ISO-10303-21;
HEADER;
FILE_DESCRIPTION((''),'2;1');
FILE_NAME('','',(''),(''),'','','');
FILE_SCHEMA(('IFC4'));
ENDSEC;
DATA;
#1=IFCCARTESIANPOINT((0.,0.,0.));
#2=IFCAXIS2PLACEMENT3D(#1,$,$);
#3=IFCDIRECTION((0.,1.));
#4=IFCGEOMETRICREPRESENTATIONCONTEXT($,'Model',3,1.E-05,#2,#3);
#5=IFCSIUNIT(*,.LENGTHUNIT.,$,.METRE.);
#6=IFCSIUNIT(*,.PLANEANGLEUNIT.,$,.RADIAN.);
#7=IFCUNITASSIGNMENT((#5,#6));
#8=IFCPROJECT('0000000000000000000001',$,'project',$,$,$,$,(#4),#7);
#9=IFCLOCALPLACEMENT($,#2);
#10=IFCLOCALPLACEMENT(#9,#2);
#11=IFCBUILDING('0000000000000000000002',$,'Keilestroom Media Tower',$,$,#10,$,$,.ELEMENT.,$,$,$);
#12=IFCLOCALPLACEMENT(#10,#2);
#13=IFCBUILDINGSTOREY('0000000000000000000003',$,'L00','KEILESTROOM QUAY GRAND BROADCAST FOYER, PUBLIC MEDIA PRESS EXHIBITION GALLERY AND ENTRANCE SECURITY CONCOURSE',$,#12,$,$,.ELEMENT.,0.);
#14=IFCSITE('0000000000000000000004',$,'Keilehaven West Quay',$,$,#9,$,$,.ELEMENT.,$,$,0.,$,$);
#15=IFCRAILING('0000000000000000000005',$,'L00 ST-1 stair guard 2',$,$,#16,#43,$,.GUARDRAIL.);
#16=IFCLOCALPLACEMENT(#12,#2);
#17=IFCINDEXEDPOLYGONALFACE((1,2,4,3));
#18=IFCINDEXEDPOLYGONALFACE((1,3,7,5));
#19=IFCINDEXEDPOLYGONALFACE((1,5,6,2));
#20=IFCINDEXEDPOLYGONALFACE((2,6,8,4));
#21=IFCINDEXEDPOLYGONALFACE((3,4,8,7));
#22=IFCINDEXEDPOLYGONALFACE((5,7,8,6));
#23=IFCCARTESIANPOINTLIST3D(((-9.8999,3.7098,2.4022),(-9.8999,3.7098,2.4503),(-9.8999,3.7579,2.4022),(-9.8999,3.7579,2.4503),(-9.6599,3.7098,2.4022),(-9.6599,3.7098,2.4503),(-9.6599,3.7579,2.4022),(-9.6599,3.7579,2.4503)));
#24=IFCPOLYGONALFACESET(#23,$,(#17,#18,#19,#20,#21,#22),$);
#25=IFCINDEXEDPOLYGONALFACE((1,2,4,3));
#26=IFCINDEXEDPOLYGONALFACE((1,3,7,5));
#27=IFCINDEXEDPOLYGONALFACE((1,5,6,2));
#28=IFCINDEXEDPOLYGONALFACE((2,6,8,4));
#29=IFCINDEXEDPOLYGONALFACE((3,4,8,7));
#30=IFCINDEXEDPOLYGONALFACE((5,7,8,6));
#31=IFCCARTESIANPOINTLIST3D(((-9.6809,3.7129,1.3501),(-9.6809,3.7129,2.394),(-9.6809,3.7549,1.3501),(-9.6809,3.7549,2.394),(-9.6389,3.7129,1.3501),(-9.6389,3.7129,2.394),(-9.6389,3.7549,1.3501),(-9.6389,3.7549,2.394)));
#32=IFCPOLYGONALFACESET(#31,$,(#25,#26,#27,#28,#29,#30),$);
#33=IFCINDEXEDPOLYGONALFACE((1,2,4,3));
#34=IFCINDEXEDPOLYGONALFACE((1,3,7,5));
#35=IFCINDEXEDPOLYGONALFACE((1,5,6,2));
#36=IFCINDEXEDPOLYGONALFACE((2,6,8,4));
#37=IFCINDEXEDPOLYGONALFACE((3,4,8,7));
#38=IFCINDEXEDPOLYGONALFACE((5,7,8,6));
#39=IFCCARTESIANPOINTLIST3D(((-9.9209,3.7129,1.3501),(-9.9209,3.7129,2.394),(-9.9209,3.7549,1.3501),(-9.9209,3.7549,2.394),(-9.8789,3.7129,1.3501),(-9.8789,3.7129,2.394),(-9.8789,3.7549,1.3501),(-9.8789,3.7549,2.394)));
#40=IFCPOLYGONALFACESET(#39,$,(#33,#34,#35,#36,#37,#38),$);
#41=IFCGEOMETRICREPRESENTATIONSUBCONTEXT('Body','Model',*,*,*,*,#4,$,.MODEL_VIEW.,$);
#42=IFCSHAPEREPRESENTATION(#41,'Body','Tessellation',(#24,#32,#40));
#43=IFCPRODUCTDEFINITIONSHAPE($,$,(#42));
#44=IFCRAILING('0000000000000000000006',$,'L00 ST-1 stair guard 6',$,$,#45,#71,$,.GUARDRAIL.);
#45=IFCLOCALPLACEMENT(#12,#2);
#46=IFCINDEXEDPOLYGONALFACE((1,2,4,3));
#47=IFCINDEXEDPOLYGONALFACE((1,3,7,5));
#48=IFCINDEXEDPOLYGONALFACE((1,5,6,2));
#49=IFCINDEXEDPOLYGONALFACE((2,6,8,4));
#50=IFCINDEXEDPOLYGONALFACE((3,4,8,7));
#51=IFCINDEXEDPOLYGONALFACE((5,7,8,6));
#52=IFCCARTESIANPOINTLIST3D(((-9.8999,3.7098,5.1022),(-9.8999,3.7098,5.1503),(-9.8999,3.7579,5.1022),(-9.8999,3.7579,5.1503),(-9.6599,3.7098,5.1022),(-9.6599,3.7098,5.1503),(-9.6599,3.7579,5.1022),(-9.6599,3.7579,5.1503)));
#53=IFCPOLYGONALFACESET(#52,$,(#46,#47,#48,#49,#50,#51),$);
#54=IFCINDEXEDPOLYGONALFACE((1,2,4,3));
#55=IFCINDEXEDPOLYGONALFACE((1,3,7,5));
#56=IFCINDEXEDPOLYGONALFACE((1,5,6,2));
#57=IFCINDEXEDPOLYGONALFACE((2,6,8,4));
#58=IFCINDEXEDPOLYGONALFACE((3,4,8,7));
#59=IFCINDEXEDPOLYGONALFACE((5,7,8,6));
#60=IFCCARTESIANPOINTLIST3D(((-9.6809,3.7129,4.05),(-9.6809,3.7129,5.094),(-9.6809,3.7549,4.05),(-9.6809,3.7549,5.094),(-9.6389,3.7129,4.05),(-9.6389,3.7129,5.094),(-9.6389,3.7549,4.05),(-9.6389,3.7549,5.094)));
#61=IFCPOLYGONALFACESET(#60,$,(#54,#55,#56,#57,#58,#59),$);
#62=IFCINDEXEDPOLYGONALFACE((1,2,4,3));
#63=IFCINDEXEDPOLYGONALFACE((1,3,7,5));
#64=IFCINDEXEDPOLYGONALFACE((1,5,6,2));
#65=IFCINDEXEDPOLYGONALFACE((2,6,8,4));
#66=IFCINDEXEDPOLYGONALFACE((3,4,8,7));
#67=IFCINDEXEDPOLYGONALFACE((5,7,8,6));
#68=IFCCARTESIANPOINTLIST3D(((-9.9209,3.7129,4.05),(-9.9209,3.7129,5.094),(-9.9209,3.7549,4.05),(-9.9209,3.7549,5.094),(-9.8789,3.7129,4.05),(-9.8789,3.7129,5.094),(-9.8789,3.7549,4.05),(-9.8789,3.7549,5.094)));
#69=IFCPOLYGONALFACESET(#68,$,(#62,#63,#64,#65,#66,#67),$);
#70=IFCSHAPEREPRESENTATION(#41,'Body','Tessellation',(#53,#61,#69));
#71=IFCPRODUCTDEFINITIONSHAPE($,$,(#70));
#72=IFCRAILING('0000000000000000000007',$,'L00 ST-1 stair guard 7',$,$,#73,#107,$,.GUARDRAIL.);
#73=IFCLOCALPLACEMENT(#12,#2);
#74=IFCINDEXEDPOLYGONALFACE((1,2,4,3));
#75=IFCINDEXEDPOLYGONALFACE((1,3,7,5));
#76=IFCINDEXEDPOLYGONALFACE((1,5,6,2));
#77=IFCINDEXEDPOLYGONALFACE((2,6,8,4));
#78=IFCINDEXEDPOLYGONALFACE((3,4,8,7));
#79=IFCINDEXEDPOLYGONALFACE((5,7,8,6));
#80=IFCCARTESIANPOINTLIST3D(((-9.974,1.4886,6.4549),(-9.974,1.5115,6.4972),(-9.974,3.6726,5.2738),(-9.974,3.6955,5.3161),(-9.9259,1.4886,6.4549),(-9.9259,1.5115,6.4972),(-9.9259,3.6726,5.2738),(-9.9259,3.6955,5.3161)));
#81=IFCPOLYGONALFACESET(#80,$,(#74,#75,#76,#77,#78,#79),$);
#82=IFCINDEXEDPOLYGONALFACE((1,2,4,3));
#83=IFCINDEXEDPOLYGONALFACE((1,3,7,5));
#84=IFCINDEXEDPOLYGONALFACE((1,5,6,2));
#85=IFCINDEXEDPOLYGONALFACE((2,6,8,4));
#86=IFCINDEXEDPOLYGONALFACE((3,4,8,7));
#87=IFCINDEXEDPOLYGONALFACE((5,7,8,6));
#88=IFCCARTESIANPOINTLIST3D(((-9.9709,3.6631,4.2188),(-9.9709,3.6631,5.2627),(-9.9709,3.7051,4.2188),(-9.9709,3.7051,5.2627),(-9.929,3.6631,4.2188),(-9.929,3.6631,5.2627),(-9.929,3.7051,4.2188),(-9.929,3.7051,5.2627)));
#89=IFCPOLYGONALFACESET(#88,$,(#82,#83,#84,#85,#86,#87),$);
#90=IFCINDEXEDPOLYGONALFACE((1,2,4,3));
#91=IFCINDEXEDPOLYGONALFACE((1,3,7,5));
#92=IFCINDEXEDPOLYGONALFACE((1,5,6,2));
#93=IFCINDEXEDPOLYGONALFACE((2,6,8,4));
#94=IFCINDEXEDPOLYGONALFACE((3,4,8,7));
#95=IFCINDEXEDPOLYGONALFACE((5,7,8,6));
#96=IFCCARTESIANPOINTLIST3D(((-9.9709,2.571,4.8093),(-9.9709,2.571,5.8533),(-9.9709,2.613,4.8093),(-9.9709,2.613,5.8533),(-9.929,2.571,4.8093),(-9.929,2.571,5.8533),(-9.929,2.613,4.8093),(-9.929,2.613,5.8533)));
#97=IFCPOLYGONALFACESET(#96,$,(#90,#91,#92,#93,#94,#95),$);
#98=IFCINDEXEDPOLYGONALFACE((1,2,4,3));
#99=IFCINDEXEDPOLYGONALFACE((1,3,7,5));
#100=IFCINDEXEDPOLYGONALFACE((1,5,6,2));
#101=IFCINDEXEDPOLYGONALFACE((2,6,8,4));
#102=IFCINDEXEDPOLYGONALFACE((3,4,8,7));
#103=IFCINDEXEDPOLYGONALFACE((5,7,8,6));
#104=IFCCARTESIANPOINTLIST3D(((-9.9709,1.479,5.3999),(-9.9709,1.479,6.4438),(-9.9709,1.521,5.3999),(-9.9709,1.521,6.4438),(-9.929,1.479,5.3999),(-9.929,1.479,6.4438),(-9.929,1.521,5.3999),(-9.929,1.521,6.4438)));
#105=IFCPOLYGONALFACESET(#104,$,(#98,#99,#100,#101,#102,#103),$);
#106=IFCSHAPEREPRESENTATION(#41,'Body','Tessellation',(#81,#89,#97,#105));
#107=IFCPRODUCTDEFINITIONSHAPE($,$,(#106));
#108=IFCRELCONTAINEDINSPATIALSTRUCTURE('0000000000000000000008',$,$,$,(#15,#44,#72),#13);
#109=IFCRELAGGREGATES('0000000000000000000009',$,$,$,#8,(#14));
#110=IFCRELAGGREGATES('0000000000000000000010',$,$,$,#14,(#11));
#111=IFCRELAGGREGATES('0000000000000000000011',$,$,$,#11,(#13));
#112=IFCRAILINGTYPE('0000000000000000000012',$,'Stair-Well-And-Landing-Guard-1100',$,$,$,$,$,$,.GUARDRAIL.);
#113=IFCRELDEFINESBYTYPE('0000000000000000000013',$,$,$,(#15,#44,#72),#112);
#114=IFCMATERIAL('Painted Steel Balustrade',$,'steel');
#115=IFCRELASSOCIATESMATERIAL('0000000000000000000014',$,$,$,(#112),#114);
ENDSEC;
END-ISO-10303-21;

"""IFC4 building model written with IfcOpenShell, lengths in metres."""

from ifc_helpers import new_model, si_unit, direction, frame, origin, origin_2d, place, context, subcontext, project, spatial, rectangle, extrude, material, type_object, element, save


model = new_model("IFC4")

# Units and contexts
model_context = context("Model", 3, precision=1e-05, world=origin(), true_north=direction((0.0, 1.0)))
body_context = subcontext(model_context, "Body", "Model", "MODEL_VIEW")
ifc_project = project(units=[si_unit("LENGTHUNIT", "METRE"), si_unit("PLANEANGLEUNIT", "RADIAN")], contexts=[model_context])

# Site, building, storey
site_placement = place(None, origin())
site = spatial("IfcSite", under=ifc_project, at=site_placement, Name="Keilehaven West Quay", CompositionType="ELEMENT", RefElevation=0.0)
building_placement = place(site_placement, origin())
building = spatial("IfcBuilding", under=site, at=building_placement, Name="Keilestroom Media Tower", CompositionType="ELEMENT")
storey_placement = place(building_placement, origin())
storey = spatial("IfcBuildingStorey", under=building, at=storey_placement, Name="L00", Description="KEILESTROOM QUAY GRAND BROADCAST FOYER, PUBLIC MEDIA PRESS EXHIBITION GALLERY AND ENTRANCE SECURITY CONCOURSE", CompositionType="ELEMENT", Elevation=0.0)

# Railings
ifc_material_1 = material(Name="Painted Steel Balustrade", Category="steel")
railing_type = type_object("IfcRailingType", Name="Stair-Well-And-Landing-Guard-1100", PredefinedType="GUARDRAIL", material=ifc_material_1)
for number, where, name in (
    (1, (-9.6599, 3.7339, 1.3501), "L00 ST-1 stair guard 2"),
    (2, (-9.6599, 3.7339, 4.05), "L00 ST-1 stair guard 6"),
):
    element("IfcRailing", number, at=place(storey_placement, frame(where)), inside=storey, type_object=railing_type, Name=name, PredefinedType="GUARDRAIL", context=body_context, shape_type="SweptSolid", body=[
        extrude(rectangle(XDim=0.0481, YDim=0.0481, at=origin_2d()), frame((0.0, 0.0, 1.0762), z_axis=(-1.0, 0.0, 0.0), x_axis=(0.0, -1.0, 0.0)), (0.0, 0.0, 1.0), 0.24),
        extrude(rectangle(XDim=0.042, YDim=0.042, at=origin_2d()), origin(), (0.0, 0.0, 1.0), 1.0439),
        extrude(rectangle(XDim=0.042, YDim=0.042, at=origin_2d()), frame((-0.24, 0.0, 0.0)), (0.0, 0.0, 1.0), 1.0439),
    ])
railing_placement = place(storey_placement, frame((-9.95, 3.6841, 4.2188)))
element("IfcRailing", 3, at=railing_placement, inside=storey, type_object=railing_type, Name="L00 ST-1 stair guard 7", PredefinedType="GUARDRAIL", context=body_context, shape_type="SweptSolid", body=[
    extrude(rectangle(XDim=0.0481, YDim=0.0481, at=origin_2d()), frame((0.0, 0.0, 1.0762), z_axis=(0.0, -0.879611, 0.475694), x_axis=(1.0, 0.0, 0.0)), (0.0, 0.0, 1.0), 2.4829),
    extrude(rectangle(XDim=0.042, YDim=0.042, at=origin_2d()), origin(), (0.0, 0.0, 1.0), 1.0439),
    extrude(rectangle(XDim=0.042, YDim=0.042, at=origin_2d()), frame((0.0, -1.092, 0.5906)), (0.0, 0.0, 1.0), 1.0439),
    extrude(rectangle(XDim=0.042, YDim=0.042, at=origin_2d()), frame((0.0, -2.1841, 1.1812)), (0.0, 0.0, 1.0), 1.0439),
])

save(model, "model.ifc")
